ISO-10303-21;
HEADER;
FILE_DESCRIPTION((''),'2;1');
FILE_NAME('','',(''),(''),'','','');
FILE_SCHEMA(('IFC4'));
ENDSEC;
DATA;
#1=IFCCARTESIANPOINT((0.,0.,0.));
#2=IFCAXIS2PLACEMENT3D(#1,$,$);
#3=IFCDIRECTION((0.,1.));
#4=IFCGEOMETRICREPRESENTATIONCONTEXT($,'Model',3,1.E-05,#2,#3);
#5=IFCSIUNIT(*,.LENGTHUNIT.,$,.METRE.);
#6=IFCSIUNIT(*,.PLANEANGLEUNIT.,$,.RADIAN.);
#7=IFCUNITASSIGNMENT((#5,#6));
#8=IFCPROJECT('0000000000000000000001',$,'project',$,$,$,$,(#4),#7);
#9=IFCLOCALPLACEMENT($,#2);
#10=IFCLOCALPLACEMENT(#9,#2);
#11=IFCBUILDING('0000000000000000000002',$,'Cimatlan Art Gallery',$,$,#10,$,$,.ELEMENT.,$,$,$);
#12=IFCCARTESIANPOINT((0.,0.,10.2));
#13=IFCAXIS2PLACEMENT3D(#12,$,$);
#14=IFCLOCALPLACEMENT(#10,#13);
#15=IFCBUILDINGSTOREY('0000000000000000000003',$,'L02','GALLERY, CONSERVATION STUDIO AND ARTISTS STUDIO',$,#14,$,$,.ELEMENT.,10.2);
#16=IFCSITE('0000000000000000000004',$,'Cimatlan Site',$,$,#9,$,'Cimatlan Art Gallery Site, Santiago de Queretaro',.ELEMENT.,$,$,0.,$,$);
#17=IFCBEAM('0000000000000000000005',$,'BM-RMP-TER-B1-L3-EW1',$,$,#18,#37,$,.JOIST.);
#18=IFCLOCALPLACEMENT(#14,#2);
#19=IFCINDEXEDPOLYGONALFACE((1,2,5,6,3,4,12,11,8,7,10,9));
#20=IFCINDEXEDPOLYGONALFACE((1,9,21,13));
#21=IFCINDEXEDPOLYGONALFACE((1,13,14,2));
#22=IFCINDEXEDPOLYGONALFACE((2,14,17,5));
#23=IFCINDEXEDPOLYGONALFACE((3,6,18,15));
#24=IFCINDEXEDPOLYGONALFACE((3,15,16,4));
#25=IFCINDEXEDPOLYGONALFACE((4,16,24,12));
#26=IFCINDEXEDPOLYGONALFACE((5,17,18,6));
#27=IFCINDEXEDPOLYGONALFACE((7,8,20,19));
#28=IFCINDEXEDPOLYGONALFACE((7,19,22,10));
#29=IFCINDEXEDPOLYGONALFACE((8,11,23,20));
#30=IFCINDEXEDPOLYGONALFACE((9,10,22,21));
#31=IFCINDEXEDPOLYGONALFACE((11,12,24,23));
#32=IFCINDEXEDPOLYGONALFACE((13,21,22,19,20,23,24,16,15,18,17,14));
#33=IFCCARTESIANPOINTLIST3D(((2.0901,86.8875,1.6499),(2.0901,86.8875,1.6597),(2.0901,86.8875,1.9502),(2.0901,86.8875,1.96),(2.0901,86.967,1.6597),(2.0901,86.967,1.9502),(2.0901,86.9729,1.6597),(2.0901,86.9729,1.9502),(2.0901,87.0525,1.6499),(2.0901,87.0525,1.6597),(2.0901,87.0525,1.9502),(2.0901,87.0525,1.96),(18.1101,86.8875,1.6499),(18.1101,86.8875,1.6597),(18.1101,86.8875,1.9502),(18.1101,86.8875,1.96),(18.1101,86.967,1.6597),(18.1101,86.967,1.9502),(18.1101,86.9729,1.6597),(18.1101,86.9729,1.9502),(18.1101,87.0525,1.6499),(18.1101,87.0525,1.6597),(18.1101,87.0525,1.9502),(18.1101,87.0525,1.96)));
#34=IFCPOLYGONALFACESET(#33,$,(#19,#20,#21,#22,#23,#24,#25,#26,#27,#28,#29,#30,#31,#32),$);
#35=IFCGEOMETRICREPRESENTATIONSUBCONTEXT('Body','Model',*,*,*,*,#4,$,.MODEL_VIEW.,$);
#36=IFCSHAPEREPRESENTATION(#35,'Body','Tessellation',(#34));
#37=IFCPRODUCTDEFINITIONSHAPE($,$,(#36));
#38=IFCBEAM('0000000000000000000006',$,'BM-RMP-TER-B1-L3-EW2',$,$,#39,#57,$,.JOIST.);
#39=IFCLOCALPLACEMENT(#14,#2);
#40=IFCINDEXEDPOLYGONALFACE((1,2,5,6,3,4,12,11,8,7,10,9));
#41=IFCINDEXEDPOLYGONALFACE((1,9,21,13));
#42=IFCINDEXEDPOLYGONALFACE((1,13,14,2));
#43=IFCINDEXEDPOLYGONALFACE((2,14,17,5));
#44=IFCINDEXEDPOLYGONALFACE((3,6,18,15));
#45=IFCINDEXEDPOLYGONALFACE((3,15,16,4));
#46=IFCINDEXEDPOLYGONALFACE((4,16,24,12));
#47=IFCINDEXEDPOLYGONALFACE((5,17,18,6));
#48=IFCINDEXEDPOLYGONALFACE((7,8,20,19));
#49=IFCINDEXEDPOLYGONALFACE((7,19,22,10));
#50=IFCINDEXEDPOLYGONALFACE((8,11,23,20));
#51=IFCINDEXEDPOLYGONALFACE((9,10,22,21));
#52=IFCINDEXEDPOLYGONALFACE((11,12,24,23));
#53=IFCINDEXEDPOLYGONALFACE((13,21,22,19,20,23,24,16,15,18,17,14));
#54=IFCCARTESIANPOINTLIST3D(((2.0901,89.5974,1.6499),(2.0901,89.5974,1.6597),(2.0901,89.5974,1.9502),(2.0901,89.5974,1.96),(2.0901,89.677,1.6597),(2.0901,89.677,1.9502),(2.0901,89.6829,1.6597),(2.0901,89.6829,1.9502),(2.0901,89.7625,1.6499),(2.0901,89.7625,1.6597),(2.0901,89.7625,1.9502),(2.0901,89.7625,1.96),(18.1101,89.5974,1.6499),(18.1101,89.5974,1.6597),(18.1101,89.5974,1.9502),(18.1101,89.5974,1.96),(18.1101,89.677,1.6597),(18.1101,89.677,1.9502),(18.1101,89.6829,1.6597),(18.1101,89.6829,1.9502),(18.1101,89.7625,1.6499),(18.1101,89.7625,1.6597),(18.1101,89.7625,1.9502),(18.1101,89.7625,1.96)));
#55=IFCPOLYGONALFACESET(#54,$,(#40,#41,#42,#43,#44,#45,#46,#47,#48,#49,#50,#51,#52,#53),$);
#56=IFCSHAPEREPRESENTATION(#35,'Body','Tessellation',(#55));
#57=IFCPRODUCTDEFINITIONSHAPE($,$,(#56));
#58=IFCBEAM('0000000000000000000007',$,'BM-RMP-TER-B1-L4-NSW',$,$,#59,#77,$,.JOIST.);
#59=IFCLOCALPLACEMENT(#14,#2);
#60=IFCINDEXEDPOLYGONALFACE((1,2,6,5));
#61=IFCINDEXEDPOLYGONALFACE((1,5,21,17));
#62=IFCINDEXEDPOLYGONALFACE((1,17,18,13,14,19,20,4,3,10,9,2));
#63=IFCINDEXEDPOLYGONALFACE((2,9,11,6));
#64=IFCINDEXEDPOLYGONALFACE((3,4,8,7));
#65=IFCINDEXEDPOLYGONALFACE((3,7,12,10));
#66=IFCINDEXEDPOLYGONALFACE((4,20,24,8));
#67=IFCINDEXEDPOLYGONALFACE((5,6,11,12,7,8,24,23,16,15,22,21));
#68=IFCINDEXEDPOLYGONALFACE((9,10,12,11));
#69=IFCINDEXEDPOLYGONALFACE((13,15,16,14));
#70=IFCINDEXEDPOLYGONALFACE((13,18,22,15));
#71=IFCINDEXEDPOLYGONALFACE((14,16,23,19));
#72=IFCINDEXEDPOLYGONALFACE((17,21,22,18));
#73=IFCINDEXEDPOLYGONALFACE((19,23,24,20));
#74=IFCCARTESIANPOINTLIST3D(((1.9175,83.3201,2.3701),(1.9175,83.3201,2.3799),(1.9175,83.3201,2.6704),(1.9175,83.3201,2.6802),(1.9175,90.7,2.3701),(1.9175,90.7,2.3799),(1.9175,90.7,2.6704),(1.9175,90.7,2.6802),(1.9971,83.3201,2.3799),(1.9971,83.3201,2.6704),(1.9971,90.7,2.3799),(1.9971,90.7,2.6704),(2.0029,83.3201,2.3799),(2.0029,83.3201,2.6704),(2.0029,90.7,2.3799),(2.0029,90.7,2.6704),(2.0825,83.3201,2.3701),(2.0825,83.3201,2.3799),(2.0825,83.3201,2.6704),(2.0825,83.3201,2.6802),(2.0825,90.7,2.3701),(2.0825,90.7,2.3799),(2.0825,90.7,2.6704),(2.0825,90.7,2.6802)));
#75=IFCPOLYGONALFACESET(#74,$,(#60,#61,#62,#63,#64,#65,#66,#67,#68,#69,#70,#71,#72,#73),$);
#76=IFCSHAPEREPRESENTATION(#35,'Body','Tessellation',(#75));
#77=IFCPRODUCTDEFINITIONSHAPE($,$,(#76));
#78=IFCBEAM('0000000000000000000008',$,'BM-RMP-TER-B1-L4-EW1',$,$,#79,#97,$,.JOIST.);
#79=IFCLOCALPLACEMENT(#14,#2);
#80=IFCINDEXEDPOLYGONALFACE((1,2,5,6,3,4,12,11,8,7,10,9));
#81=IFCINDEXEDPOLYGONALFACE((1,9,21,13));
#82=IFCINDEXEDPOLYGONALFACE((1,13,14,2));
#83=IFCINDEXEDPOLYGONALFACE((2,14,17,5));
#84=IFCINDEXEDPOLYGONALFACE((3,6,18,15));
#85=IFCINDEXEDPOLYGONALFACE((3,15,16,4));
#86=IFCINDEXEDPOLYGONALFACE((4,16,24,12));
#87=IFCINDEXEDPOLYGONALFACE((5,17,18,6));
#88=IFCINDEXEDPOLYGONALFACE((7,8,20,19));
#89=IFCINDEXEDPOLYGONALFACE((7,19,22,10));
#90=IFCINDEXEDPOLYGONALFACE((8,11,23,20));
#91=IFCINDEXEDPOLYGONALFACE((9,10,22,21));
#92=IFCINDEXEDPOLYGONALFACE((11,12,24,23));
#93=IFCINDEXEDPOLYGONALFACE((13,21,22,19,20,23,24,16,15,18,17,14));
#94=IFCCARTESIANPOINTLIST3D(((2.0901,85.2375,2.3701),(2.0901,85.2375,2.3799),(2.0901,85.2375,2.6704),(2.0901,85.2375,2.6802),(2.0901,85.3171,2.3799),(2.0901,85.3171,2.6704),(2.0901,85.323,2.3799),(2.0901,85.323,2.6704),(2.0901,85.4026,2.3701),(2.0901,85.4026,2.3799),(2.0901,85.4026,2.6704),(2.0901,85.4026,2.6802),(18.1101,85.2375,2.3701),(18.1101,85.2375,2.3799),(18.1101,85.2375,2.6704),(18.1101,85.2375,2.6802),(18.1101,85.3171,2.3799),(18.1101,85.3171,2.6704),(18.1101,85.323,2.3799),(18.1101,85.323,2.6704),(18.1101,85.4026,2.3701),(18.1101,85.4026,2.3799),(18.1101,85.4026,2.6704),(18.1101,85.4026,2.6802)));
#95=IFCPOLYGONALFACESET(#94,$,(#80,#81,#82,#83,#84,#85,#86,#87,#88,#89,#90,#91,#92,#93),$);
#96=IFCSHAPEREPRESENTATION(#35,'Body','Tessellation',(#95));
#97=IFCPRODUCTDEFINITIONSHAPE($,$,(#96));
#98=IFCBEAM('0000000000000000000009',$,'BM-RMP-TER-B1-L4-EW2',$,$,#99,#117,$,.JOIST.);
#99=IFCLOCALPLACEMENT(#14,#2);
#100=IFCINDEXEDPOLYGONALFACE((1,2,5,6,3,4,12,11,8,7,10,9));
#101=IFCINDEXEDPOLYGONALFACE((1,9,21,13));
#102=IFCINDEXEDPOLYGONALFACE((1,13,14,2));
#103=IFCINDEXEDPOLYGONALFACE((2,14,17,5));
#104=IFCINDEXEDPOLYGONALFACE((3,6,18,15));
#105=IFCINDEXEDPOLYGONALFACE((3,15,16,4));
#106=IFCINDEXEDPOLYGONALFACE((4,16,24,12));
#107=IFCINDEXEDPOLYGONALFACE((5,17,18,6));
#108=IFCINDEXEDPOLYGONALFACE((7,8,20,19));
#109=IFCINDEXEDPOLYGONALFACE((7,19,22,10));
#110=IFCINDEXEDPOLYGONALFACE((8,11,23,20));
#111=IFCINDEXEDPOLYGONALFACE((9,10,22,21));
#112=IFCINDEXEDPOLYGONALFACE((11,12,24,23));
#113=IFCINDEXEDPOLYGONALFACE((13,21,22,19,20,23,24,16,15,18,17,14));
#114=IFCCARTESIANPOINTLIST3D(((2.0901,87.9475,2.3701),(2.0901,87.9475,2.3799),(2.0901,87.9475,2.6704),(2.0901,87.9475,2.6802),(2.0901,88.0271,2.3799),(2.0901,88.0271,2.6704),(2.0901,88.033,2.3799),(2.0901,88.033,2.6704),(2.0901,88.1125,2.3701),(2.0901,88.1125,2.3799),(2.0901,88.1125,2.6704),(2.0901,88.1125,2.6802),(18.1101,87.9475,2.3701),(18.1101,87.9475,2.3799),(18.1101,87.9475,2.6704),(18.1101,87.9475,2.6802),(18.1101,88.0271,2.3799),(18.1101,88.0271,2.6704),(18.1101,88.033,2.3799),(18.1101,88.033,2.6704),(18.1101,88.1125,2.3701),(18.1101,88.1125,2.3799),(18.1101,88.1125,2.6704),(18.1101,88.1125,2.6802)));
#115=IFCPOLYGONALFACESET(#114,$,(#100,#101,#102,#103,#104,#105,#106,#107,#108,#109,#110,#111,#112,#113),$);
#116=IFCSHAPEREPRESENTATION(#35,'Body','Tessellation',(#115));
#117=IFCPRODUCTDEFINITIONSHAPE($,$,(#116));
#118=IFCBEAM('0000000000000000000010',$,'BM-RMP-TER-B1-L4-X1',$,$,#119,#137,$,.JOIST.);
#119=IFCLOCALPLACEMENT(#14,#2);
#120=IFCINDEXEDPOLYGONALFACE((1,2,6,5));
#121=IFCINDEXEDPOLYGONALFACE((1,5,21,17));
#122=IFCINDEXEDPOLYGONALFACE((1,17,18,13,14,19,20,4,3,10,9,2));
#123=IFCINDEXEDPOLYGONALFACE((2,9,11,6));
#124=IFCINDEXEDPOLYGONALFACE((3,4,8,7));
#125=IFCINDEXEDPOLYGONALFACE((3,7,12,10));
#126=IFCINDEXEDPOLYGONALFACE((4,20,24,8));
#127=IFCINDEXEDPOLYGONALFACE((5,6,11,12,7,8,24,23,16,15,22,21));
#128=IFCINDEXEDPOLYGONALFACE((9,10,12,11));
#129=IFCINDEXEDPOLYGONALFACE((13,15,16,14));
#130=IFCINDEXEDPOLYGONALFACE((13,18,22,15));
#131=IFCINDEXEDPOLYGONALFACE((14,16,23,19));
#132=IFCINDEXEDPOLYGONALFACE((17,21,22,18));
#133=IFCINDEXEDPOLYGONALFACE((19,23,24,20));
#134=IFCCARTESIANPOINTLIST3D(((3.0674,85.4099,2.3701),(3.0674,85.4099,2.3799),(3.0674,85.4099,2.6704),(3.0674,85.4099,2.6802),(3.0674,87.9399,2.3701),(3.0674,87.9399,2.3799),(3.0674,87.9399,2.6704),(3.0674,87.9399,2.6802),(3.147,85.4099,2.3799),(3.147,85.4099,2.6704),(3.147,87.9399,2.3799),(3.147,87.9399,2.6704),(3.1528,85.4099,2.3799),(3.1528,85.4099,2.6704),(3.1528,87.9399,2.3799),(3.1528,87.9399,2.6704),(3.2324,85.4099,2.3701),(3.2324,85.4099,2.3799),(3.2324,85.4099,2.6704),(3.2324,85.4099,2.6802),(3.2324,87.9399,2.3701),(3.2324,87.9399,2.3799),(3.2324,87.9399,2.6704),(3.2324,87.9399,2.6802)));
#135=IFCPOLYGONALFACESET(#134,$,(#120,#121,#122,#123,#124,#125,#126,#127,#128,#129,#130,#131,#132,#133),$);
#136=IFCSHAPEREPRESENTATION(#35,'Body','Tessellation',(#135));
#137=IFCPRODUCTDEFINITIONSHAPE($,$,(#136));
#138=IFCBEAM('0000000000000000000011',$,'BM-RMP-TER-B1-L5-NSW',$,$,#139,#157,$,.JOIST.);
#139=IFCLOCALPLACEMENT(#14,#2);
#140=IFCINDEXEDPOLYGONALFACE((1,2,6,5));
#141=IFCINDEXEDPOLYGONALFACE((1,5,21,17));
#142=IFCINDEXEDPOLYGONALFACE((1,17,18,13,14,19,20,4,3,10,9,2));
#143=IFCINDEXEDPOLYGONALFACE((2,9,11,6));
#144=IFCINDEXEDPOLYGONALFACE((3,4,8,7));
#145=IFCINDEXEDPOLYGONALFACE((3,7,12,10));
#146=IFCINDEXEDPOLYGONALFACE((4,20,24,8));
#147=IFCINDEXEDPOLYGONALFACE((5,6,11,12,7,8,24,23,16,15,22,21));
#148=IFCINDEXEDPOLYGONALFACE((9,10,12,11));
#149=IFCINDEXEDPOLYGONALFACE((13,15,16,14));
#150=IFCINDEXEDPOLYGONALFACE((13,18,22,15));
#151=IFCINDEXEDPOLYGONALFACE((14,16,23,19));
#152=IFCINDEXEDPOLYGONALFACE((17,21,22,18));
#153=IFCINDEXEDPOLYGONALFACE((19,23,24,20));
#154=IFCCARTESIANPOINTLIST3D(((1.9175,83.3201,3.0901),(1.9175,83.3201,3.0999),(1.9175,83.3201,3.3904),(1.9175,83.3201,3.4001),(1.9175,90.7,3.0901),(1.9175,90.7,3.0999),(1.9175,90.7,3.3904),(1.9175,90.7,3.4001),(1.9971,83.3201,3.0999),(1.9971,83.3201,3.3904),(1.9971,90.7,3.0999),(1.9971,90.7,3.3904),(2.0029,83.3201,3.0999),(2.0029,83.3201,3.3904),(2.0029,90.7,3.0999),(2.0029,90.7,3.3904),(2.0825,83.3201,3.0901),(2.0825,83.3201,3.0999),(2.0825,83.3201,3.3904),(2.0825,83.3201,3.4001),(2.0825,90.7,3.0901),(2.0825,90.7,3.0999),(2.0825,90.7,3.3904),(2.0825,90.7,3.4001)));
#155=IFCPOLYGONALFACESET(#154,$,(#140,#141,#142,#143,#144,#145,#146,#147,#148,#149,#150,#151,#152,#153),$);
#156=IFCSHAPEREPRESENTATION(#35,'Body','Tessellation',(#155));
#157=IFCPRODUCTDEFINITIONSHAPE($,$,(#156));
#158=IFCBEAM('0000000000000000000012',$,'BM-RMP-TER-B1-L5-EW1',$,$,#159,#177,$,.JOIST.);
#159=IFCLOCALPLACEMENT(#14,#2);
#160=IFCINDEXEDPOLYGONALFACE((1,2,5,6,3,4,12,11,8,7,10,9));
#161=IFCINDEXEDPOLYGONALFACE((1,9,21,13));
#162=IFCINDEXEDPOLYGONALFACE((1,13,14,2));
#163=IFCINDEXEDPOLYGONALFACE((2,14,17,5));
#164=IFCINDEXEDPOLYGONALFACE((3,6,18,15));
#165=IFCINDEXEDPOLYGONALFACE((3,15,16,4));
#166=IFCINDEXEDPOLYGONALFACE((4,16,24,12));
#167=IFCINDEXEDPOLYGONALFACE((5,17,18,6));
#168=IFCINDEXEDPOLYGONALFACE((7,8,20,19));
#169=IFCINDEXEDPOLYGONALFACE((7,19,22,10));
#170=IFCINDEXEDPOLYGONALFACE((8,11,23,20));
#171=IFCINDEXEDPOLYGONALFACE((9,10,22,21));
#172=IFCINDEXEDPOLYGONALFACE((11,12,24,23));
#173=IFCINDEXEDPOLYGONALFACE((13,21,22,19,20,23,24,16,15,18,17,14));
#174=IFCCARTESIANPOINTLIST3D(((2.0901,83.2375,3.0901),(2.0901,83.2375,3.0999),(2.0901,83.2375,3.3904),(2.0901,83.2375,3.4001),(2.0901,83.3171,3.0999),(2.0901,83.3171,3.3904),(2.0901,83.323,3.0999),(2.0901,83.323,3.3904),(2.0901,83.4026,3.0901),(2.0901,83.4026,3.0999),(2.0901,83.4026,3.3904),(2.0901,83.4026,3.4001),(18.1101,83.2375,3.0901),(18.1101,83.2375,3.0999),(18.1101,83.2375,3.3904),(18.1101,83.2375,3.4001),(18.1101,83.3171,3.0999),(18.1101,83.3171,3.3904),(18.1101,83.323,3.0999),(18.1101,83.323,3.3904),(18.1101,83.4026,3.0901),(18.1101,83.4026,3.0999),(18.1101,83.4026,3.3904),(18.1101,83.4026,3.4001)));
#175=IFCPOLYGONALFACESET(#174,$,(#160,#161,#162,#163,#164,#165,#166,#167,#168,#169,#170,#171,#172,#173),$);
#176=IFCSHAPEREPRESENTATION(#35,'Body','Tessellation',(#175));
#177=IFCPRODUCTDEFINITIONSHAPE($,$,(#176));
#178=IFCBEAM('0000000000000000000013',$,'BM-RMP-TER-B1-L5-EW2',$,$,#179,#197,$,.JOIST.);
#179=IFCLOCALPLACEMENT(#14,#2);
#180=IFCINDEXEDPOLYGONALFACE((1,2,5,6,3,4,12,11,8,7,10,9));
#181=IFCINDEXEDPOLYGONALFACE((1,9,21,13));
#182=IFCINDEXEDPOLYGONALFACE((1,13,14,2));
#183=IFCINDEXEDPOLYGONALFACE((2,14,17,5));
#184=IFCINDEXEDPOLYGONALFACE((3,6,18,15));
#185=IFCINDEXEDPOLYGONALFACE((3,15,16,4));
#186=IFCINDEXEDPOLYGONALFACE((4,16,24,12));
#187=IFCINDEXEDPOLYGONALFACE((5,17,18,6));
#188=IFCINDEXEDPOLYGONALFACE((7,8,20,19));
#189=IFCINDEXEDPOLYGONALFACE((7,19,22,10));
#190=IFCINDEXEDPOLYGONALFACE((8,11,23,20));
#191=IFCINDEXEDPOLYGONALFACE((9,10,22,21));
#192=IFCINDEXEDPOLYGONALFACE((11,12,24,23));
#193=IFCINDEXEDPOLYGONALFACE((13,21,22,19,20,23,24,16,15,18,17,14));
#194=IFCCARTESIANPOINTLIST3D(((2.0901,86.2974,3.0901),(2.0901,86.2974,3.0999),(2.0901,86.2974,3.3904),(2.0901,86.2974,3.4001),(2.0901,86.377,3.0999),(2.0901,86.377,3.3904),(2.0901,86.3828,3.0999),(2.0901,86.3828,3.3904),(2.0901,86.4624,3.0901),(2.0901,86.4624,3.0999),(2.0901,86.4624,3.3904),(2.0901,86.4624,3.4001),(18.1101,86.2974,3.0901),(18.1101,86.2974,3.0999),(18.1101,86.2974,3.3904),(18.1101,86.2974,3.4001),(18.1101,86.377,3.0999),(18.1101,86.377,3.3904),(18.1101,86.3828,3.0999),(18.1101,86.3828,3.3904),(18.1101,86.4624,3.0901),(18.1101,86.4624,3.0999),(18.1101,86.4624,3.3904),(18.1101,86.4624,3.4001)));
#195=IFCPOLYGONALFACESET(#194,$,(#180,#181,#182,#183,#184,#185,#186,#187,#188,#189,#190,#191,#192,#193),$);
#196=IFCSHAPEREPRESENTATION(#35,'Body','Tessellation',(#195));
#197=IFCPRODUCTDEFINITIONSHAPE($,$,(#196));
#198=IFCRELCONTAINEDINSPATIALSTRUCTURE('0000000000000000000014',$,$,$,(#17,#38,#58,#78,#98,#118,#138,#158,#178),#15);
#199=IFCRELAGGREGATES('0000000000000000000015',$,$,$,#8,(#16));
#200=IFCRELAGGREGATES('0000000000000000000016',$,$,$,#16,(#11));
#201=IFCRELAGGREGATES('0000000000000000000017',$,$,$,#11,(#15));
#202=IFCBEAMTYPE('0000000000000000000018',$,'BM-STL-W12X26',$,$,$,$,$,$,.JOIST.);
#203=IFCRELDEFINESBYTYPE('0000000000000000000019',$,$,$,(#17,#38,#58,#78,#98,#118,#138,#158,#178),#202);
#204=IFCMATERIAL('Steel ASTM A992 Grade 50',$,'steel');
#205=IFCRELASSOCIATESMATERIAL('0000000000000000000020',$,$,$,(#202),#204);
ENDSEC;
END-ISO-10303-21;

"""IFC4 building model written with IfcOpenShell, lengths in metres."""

from ifc_helpers import new_model, si_unit, direction, frame, origin, origin_2d, place, context, subcontext, project, spatial, i_section, extrude, material, material_profile, profile_set, type_object, element, save


model = new_model("IFC4")

# Units and contexts
model_context = context("Model", 3, precision=1e-05, world=origin(), true_north=direction((0.0, 1.0)))
body_context = subcontext(model_context, "Body", "Model", "MODEL_VIEW")
ifc_project = project(units=[si_unit("LENGTHUNIT", "METRE"), si_unit("PLANEANGLEUNIT", "RADIAN")], contexts=[model_context])

# Site, building, storey
site_placement = place(None, origin())
site = spatial("IfcSite", under=ifc_project, at=site_placement, Name="Cimatlan Site", LongName="Cimatlan Art Gallery Site, Santiago de Queretaro", CompositionType="ELEMENT", RefElevation=0.0)
building_placement = place(site_placement, origin())
building = spatial("IfcBuilding", under=site, at=building_placement, Name="Cimatlan Art Gallery", CompositionType="ELEMENT")
storey_placement = place(building_placement, frame((0.0, 0.0, 10.2)))
storey = spatial("IfcBuildingStorey", under=building, at=storey_placement, Name="L02", Description="GALLERY, CONSERVATION STUDIO AND ARTISTS STUDIO", CompositionType="ELEMENT", Elevation=10.2)

# Shared definitions
ifc_material_1 = material(Name="Steel ASTM A992 Grade 50", Category="steel")

# Beams
ifc_material_profile_1 = material_profile(ifc_material_1, i_section(OverallWidth=0.165, OverallDepth=0.3101, WebThickness=0.0059, FlangeThickness=0.0098, at=origin_2d()), Name="W12X26")
ifc_profile_set_1 = profile_set([ifc_material_profile_1], Name="Steel ASTM A992 Grade 50")
beam_type = type_object("IfcBeamType", Name="BM-STL-W12X26", PredefinedType="JOIST", material=ifc_profile_set_1)
for number, where, z_axis, x_axis, name in (
    (1, (2.0901, 86.97, 1.8049), (1.0, 0.0, 0.0), (0.0, 1.0, 0.0), "BM-RMP-TER-B1-L3-EW1"),
    (2, (2.0901, 89.6799, 1.8049), (1.0, 0.0, 0.0), (0.0, 1.0, 0.0), "BM-RMP-TER-B1-L3-EW2"),
):
    element("IfcBeam", number, at=place(storey_placement, frame(where, z_axis=z_axis, x_axis=x_axis)), inside=storey, type_object=beam_type, Name=name, PredefinedType="JOIST", context=body_context, shape_type="SweptSolid", body=[
        extrude(i_section(OverallWidth=0.165, OverallDepth=0.3101, WebThickness=0.0059, FlangeThickness=0.0098, at=origin_2d()), origin(), (0.0, 0.0, 1.0), 16.02),
    ])
beam_1_placement = place(storey_placement, frame((2.0, 83.3201, 2.5251), z_axis=(0.0, 1.0, 0.0), x_axis=(-1.0, 0.0, 0.0)))
element("IfcBeam", 3, at=beam_1_placement, inside=storey, type_object=beam_type, Name="BM-RMP-TER-B1-L4-NSW", PredefinedType="JOIST", context=body_context, shape_type="SweptSolid", body=[
    extrude(i_section(OverallWidth=0.165, OverallDepth=0.3101, WebThickness=0.0059, FlangeThickness=0.0098, at=origin_2d()), origin(), (0.0, 0.0, 1.0), 7.3799),
])
for number, where, z_axis, x_axis, name in (
    (4, (2.0901, 85.3201, 2.5251), (1.0, 0.0, 0.0), (0.0, 1.0, 0.0), "BM-RMP-TER-B1-L4-EW1"),
    (5, (2.0901, 88.03, 2.5251), (1.0, 0.0, 0.0), (0.0, 1.0, 0.0), "BM-RMP-TER-B1-L4-EW2"),
):
    element("IfcBeam", number, at=place(storey_placement, frame(where, z_axis=z_axis, x_axis=x_axis)), inside=storey, type_object=beam_type, Name=name, PredefinedType="JOIST", context=body_context, shape_type="SweptSolid", body=[
        extrude(i_section(OverallWidth=0.165, OverallDepth=0.3101, WebThickness=0.0059, FlangeThickness=0.0098, at=origin_2d()), origin(), (0.0, 0.0, 1.0), 16.02),
    ])
beam_2_placement = place(storey_placement, frame((3.1499, 85.4099, 2.5251), z_axis=(0.0, 1.0, 0.0), x_axis=(-1.0, 0.0, 0.0)))
element("IfcBeam", 6, at=beam_2_placement, inside=storey, type_object=beam_type, Name="BM-RMP-TER-B1-L4-X1", PredefinedType="JOIST", context=body_context, shape_type="SweptSolid", body=[
    extrude(i_section(OverallWidth=0.165, OverallDepth=0.3101, WebThickness=0.0059, FlangeThickness=0.0098, at=origin_2d()), origin(), (0.0, 0.0, 1.0), 2.53),
])
beam_3_placement = place(storey_placement, frame((2.0, 83.3201, 3.2451), z_axis=(0.0, 1.0, 0.0), x_axis=(-1.0, 0.0, 0.0)))
element("IfcBeam", 7, at=beam_3_placement, inside=storey, type_object=beam_type, Name="BM-RMP-TER-B1-L5-NSW", PredefinedType="JOIST", context=body_context, shape_type="SweptSolid", body=[
    extrude(i_section(OverallWidth=0.165, OverallDepth=0.3101, WebThickness=0.0059, FlangeThickness=0.0098, at=origin_2d()), origin(), (0.0, 0.0, 1.0), 7.3799),
])
for number, where, z_axis, x_axis, name in (
    (8, (2.0901, 83.3201, 3.2451), (1.0, 0.0, 0.0), (0.0, 1.0, 0.0), "BM-RMP-TER-B1-L5-EW1"),
    (9, (2.0901, 86.3799, 3.2451), (1.0, 0.0, 0.0), (0.0, 1.0, 0.0), "BM-RMP-TER-B1-L5-EW2"),
):
    element("IfcBeam", number, at=place(storey_placement, frame(where, z_axis=z_axis, x_axis=x_axis)), inside=storey, type_object=beam_type, Name=name, PredefinedType="JOIST", context=body_context, shape_type="SweptSolid", body=[
        extrude(i_section(OverallWidth=0.165, OverallDepth=0.3101, WebThickness=0.0059, FlangeThickness=0.0098, at=origin_2d()), origin(), (0.0, 0.0, 1.0), 16.02),
    ])

save(model, "model.ifc")
